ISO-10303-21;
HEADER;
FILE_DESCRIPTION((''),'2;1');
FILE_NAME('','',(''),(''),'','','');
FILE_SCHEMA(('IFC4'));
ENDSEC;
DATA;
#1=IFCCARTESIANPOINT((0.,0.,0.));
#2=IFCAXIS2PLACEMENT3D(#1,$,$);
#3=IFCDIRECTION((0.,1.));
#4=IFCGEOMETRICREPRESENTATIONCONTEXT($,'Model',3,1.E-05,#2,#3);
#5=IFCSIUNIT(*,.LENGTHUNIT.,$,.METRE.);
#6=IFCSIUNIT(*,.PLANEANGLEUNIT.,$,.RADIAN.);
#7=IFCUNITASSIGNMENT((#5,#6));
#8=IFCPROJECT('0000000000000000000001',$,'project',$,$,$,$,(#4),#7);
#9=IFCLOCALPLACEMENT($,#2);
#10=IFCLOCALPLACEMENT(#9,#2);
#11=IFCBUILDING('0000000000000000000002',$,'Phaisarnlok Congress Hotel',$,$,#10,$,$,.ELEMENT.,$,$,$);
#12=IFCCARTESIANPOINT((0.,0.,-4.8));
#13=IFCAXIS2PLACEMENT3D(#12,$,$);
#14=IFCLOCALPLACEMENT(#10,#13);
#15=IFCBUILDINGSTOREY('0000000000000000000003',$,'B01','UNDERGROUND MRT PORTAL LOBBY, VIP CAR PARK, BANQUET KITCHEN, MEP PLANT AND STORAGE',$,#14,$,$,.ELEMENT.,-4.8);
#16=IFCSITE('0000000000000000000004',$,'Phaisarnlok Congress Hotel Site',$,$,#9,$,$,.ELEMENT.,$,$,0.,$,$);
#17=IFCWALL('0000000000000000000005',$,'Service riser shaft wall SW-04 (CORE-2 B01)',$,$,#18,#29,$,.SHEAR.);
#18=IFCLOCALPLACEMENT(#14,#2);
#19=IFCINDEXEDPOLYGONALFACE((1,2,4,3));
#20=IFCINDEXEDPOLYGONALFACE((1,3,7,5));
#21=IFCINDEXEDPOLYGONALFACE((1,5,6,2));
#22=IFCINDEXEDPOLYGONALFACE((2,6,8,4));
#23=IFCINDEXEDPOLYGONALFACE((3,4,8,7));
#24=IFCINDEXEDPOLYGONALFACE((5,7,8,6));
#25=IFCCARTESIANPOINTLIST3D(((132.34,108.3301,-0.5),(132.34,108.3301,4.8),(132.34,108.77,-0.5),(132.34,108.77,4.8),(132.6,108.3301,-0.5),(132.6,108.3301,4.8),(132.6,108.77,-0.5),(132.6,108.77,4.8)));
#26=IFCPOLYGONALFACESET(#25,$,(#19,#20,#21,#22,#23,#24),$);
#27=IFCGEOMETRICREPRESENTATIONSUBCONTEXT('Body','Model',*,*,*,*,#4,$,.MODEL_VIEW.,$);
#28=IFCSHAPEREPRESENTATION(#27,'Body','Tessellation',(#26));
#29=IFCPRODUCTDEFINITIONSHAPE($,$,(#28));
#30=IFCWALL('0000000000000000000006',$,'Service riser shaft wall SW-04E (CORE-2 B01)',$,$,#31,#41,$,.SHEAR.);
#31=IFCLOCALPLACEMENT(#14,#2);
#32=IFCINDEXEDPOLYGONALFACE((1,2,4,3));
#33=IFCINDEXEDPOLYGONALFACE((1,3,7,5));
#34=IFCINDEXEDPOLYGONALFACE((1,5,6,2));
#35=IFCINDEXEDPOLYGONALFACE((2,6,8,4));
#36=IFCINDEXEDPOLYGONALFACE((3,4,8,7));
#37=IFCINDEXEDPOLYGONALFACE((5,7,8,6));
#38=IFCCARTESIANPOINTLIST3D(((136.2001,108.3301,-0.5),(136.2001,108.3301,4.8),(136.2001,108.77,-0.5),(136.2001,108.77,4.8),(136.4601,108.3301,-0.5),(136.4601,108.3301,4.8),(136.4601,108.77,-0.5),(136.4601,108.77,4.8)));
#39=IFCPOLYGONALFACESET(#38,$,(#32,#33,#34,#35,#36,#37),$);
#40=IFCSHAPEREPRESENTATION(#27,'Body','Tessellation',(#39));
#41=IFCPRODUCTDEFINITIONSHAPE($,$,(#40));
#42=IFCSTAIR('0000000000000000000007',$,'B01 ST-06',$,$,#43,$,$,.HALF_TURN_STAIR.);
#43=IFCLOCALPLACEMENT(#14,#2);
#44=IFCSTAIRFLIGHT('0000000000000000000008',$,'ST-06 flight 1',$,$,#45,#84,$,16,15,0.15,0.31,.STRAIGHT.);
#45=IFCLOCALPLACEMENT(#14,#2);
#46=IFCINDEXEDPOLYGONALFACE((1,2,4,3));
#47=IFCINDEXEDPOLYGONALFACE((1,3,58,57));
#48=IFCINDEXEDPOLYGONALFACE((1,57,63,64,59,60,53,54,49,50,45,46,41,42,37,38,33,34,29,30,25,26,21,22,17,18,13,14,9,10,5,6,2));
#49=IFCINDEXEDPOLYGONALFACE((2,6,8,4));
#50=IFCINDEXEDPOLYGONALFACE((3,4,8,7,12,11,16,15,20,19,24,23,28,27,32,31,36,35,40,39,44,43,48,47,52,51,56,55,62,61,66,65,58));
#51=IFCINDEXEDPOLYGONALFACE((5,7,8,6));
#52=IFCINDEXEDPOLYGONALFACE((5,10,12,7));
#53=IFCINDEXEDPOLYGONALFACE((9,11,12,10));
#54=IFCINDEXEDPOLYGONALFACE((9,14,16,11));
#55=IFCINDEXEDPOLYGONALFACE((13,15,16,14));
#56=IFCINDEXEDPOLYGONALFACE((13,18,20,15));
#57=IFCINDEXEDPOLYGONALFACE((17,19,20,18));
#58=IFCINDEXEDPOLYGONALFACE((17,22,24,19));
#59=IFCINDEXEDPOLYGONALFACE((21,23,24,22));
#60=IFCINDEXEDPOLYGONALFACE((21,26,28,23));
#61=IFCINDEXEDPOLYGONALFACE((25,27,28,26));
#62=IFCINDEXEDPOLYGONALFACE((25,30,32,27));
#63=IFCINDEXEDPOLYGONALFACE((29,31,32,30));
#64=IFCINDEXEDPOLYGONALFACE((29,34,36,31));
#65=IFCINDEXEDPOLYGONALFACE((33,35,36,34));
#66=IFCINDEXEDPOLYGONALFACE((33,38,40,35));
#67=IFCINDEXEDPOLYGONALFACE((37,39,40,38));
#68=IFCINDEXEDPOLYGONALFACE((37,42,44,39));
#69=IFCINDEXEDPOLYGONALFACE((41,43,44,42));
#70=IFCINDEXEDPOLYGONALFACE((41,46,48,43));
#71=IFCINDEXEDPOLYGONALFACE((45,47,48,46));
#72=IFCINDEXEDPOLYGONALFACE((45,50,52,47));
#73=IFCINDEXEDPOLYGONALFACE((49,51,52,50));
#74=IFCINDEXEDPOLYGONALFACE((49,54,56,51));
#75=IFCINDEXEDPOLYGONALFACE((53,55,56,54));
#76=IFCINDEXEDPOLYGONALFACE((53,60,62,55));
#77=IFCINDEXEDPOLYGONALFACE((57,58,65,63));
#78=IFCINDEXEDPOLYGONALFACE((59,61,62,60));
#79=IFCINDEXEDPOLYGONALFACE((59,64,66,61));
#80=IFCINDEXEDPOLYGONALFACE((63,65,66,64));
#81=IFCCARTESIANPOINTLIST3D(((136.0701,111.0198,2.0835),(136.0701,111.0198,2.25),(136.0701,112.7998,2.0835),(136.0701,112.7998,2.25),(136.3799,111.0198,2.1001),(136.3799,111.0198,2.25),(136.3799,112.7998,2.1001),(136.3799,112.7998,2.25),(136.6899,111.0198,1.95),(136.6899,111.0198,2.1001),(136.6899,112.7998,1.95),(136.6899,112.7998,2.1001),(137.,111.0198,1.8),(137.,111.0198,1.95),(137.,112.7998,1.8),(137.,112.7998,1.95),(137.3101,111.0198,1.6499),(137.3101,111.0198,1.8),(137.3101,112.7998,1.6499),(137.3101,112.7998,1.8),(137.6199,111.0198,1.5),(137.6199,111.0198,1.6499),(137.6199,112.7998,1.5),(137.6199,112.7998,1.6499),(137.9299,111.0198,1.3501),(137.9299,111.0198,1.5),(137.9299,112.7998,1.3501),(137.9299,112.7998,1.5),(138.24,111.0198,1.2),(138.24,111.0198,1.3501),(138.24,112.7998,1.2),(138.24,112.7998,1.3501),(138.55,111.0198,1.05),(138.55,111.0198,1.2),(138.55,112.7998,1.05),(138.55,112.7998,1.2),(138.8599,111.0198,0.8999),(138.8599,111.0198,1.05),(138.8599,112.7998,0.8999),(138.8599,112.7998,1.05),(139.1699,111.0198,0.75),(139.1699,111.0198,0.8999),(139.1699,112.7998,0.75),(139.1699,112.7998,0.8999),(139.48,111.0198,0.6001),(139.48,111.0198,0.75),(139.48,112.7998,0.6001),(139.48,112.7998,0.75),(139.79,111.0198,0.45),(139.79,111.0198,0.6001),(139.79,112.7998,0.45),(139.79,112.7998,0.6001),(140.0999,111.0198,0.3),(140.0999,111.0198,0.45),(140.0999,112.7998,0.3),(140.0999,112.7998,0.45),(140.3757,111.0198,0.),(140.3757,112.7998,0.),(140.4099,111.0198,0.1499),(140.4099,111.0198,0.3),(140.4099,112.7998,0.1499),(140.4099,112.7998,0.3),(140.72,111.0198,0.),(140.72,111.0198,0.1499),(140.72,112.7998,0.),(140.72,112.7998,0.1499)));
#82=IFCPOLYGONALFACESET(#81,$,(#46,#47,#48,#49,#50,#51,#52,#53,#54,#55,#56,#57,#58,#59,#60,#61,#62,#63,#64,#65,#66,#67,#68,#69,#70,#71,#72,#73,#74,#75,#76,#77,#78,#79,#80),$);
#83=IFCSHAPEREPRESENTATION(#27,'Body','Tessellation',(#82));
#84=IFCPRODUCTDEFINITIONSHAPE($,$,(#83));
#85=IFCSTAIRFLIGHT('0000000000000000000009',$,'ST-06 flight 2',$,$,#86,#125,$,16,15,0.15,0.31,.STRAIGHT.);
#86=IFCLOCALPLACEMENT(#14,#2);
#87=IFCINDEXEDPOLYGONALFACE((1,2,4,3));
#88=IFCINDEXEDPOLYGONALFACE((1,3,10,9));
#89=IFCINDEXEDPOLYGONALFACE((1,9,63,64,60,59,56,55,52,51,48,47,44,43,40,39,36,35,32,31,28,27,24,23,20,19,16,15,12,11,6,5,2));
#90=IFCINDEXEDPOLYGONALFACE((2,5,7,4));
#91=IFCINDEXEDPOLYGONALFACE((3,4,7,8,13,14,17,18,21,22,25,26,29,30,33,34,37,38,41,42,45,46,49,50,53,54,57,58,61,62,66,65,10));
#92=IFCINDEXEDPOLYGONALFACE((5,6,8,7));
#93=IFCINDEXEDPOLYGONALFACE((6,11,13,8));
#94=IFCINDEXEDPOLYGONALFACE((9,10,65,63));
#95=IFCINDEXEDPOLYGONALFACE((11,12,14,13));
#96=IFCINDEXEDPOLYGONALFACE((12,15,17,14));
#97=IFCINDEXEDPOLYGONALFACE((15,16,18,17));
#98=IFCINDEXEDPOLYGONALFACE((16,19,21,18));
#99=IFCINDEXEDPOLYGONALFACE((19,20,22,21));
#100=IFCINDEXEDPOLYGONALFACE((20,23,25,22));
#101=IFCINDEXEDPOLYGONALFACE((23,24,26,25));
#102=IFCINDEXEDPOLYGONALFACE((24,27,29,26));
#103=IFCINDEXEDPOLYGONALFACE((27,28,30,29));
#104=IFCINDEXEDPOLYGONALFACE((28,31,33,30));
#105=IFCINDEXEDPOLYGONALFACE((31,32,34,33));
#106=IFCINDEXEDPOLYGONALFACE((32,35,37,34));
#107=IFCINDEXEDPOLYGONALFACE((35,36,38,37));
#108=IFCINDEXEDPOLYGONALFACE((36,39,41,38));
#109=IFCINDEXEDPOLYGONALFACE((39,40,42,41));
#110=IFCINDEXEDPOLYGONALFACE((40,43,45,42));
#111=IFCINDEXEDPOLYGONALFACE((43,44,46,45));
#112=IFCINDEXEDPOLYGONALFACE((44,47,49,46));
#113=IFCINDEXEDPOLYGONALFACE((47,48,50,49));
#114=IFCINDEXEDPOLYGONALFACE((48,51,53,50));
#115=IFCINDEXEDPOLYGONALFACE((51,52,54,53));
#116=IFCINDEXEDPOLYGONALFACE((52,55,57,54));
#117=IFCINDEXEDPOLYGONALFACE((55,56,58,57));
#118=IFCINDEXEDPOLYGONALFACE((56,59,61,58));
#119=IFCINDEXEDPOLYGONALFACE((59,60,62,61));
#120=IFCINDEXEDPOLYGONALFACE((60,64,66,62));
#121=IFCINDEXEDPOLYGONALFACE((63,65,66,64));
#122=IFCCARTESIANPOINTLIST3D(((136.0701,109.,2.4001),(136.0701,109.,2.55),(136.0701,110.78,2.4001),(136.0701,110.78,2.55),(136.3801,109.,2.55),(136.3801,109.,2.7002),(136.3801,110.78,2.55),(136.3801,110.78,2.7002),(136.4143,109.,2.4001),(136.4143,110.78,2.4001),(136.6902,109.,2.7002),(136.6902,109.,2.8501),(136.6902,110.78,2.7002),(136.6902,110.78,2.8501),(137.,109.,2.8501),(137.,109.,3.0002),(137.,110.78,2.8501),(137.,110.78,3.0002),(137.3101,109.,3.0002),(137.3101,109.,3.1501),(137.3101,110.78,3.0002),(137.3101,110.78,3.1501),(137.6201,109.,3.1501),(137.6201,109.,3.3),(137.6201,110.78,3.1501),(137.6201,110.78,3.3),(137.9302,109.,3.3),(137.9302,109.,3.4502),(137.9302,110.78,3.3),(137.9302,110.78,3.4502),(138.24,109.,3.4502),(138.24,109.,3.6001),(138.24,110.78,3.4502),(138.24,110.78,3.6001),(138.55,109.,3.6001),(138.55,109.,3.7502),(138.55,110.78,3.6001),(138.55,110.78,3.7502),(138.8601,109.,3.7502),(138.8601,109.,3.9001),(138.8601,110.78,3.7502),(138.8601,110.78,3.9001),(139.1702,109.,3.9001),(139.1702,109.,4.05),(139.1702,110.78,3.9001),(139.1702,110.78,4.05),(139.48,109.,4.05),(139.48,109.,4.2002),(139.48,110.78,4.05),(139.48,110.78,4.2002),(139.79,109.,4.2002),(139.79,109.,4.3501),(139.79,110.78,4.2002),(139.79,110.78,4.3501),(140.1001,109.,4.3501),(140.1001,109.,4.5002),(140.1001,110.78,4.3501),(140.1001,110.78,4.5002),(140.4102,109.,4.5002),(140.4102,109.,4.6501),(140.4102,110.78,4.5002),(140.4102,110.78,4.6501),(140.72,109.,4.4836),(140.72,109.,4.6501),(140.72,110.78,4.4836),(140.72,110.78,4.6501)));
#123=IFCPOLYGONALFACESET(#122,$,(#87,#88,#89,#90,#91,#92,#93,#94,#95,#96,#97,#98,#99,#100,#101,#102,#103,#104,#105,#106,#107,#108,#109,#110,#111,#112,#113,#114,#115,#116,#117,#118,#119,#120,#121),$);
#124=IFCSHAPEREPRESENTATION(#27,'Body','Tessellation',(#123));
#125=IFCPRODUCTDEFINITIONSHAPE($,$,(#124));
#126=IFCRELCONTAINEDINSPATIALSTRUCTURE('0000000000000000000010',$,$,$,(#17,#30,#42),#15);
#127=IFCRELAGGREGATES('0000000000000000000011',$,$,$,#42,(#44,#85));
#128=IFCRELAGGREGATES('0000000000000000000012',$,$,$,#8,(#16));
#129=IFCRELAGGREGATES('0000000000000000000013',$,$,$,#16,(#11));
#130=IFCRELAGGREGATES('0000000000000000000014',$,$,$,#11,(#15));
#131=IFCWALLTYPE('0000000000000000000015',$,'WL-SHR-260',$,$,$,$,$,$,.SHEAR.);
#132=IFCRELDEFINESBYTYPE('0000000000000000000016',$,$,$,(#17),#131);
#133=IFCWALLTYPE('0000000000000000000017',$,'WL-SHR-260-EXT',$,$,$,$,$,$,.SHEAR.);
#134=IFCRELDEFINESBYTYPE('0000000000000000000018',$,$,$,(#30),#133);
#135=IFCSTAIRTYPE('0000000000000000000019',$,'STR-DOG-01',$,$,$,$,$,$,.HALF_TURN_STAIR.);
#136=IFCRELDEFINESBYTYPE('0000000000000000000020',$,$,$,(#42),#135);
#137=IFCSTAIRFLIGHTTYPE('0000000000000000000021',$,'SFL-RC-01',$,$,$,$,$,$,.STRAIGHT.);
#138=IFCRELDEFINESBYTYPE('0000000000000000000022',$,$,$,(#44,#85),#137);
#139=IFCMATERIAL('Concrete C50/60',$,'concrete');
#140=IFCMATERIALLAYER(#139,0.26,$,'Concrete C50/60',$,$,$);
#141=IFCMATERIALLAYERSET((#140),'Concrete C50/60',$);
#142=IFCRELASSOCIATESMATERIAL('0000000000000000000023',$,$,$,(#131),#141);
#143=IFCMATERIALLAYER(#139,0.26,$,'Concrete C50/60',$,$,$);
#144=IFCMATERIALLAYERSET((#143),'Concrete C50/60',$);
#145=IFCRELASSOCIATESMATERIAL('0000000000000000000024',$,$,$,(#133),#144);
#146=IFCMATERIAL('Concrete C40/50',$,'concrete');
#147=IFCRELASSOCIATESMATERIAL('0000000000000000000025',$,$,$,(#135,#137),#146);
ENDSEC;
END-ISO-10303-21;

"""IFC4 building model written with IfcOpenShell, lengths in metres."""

from ifc_helpers import new_model, si_unit, direction, frame, frame_2d, origin, place, context, subcontext, project, spatial, polyline, rectangle, outline, extrude, material, layer, layer_set, type_object, element, aggregate, save


model = new_model("IFC4")

# Units and contexts
model_context = context("Model", 3, precision=1e-05, world=origin(), true_north=direction((0.0, 1.0)))
body_context = subcontext(model_context, "Body", "Model", "MODEL_VIEW")
ifc_project = project(units=[si_unit("LENGTHUNIT", "METRE"), si_unit("PLANEANGLEUNIT", "RADIAN")], contexts=[model_context])

# Site, building, storey
site_placement = place(None, origin())
site = spatial("IfcSite", under=ifc_project, at=site_placement, Name="Phaisarnlok Congress Hotel Site", CompositionType="ELEMENT", RefElevation=0.0)
building_placement = place(site_placement, origin())
building = spatial("IfcBuilding", under=site, at=building_placement, Name="Phaisarnlok Congress Hotel", CompositionType="ELEMENT")
storey_placement = place(building_placement, frame((0.0, 0.0, -4.8)))
storey = spatial("IfcBuildingStorey", under=building, at=storey_placement, Name="B01", Description="UNDERGROUND MRT PORTAL LOBBY, VIP CAR PARK, BANQUET KITCHEN, MEP PLANT AND STORAGE", CompositionType="ELEMENT", Elevation=-4.8)

# Shared definitions
ifc_material_1 = material(Name="Concrete C40/50", Category="concrete")

# Shared definitions
ifc_material_2 = material(Name="Concrete C50/60", Category="concrete")

# Walls
ifc_layer_1 = layer(ifc_material_2, 0.26, Name="Concrete C50/60")
ifc_layer_set_1 = layer_set([ifc_layer_1], Name="Concrete C50/60")
wall_type_1 = type_object("IfcWallType", Name="WL-SHR-260", PredefinedType="SHEAR", material=ifc_layer_set_1)
wall_1_placement = place(storey_placement, frame((132.47, 108.3301, -0.5), z_axis=(0.0, 0.0, 1.0), x_axis=(0.0, 1.0, 0.0)))
element("IfcWall", 1, at=wall_1_placement, inside=storey, type_object=wall_type_1, Name="Service riser shaft wall SW-04 (CORE-2 B01)", PredefinedType="SHEAR", context=body_context, shape_type="SweptSolid", body=[
    extrude(rectangle(XDim=0.4399, YDim=0.26, at=frame_2d((0.22, 0.0))), origin(), (0.0, 0.0, 1.0), 5.3),
])
ifc_layer_2 = layer(ifc_material_2, 0.26, Name="Concrete C50/60")
ifc_layer_set_2 = layer_set([ifc_layer_2], Name="Concrete C50/60")
wall_type_2 = type_object("IfcWallType", Name="WL-SHR-260-EXT", PredefinedType="SHEAR", material=ifc_layer_set_2)
wall_2_placement = place(storey_placement, frame((136.3301, 108.3301, -0.5), z_axis=(0.0, 0.0, 1.0), x_axis=(0.0, 1.0, 0.0)))
element("IfcWall", 2, at=wall_2_placement, inside=storey, type_object=wall_type_2, Name="Service riser shaft wall SW-04E (CORE-2 B01)", PredefinedType="SHEAR", context=body_context, shape_type="SweptSolid", body=[
    extrude(rectangle(XDim=0.4399, YDim=0.26, at=frame_2d((0.22, 0.0))), origin(), (0.0, 0.0, 1.0), 5.3),
])

# Stair, stair flights
stair_type = type_object("IfcStairType", Name="STR-DOG-01", PredefinedType="HALF_TURN_STAIR", material=ifc_material_1)
stair_placement = place(storey_placement, origin())
stair = element("IfcStair", 3, at=stair_placement, inside=storey, type_object=stair_type, Name="B01 ST-06", PredefinedType="HALF_TURN_STAIR")
stair_flight_type = type_object("IfcStairFlightType", Name="SFL-RC-01", PredefinedType="STRAIGHT", material=ifc_material_1)
stair_flight_1_placement = place(storey_placement, frame((140.72, 111.9099, 0.0), z_axis=(0.0, 0.0, 1.0), x_axis=(-1.0, 0.0, 0.0)))
stair_flight_1 = element("IfcStairFlight", 4, at=stair_flight_1_placement, type_object=stair_flight_type, Name="ST-06 flight 1", NumberOfRisers=16, NumberOfTreads=15, PredefinedType="STRAIGHT", RiserHeight=0.15, TreadLength=0.31, context=body_context, shape_type="SweptSolid", body=[
    extrude(outline(polyline([(0.0, 0.0), (0.0, 0.1499), (0.3101, 0.1499), (0.3101, 0.3), (0.6201, 0.3), (0.6201, 0.45), (0.9299, 0.45), (0.9299, 0.6001), (1.24, 0.6001), (1.24, 0.75), (1.55, 0.75), (1.55, 0.8999), (1.8601, 0.8999), (1.8601, 1.05), (2.1699, 1.05), (2.1699, 1.2), (2.48, 1.2), (2.48, 1.3501), (2.79, 1.3501), (2.79, 1.5), (3.1001, 1.5), (3.1001, 1.6499), (3.4099, 1.6499), (3.4099, 1.8), (3.72, 1.8), (3.72, 1.95), (4.03, 1.95), (4.03, 2.1001), (4.3401, 2.1001), (4.3401, 2.25), (4.6499, 2.25), (4.6499, 2.3999), (4.6499, 2.0835), (0.3442, 0.0), (0.0, 0.0)])), frame((0.0, 0.8901, 0.0), z_axis=(0.0, -1.0, 0.0), x_axis=(1.0, 0.0, 0.0)), (0.0, 0.0, 1.0), 1.78),
])
stair_flight_2_placement = place(storey_placement, frame((136.0701, 109.8899, 2.4001), z_axis=(0.0, 0.0, 1.0), x_axis=(1.0, 0.0, 0.0)))
stair_flight_2 = element("IfcStairFlight", 5, at=stair_flight_2_placement, type_object=stair_flight_type, Name="ST-06 flight 2", NumberOfRisers=16, NumberOfTreads=15, PredefinedType="STRAIGHT", RiserHeight=0.15, TreadLength=0.31, context=body_context, shape_type="SweptSolid", body=[
    extrude(outline(polyline([(0.0, 0.0), (0.0, 0.1499), (0.3101, 0.1499), (0.3101, 0.3), (0.6201, 0.3), (0.6201, 0.45), (0.9299, 0.45), (0.9299, 0.6001), (1.24, 0.6001), (1.24, 0.75), (1.55, 0.75), (1.55, 0.8999), (1.8601, 0.8999), (1.8601, 1.05), (2.1699, 1.05), (2.1699, 1.2), (2.48, 1.2), (2.48, 1.3501), (2.79, 1.3501), (2.79, 1.5), (3.1001, 1.5), (3.1001, 1.6499), (3.4099, 1.6499), (3.4099, 1.8), (3.72, 1.8), (3.72, 1.95), (4.03, 1.95), (4.03, 2.1001), (4.3401, 2.1001), (4.3401, 2.25), (4.6499, 2.25), (4.6499, 2.3999), (4.6499, 2.0835), (0.3442, 0.0), (0.0, 0.0)])), frame((0.0, 0.8901, 0.0), z_axis=(0.0, -1.0, 0.0), x_axis=(1.0, 0.0, 0.0)), (0.0, 0.0, 1.0), 1.78),
])
aggregate(stair, [stair_flight_1, stair_flight_2])

save(model, "model.ifc")
